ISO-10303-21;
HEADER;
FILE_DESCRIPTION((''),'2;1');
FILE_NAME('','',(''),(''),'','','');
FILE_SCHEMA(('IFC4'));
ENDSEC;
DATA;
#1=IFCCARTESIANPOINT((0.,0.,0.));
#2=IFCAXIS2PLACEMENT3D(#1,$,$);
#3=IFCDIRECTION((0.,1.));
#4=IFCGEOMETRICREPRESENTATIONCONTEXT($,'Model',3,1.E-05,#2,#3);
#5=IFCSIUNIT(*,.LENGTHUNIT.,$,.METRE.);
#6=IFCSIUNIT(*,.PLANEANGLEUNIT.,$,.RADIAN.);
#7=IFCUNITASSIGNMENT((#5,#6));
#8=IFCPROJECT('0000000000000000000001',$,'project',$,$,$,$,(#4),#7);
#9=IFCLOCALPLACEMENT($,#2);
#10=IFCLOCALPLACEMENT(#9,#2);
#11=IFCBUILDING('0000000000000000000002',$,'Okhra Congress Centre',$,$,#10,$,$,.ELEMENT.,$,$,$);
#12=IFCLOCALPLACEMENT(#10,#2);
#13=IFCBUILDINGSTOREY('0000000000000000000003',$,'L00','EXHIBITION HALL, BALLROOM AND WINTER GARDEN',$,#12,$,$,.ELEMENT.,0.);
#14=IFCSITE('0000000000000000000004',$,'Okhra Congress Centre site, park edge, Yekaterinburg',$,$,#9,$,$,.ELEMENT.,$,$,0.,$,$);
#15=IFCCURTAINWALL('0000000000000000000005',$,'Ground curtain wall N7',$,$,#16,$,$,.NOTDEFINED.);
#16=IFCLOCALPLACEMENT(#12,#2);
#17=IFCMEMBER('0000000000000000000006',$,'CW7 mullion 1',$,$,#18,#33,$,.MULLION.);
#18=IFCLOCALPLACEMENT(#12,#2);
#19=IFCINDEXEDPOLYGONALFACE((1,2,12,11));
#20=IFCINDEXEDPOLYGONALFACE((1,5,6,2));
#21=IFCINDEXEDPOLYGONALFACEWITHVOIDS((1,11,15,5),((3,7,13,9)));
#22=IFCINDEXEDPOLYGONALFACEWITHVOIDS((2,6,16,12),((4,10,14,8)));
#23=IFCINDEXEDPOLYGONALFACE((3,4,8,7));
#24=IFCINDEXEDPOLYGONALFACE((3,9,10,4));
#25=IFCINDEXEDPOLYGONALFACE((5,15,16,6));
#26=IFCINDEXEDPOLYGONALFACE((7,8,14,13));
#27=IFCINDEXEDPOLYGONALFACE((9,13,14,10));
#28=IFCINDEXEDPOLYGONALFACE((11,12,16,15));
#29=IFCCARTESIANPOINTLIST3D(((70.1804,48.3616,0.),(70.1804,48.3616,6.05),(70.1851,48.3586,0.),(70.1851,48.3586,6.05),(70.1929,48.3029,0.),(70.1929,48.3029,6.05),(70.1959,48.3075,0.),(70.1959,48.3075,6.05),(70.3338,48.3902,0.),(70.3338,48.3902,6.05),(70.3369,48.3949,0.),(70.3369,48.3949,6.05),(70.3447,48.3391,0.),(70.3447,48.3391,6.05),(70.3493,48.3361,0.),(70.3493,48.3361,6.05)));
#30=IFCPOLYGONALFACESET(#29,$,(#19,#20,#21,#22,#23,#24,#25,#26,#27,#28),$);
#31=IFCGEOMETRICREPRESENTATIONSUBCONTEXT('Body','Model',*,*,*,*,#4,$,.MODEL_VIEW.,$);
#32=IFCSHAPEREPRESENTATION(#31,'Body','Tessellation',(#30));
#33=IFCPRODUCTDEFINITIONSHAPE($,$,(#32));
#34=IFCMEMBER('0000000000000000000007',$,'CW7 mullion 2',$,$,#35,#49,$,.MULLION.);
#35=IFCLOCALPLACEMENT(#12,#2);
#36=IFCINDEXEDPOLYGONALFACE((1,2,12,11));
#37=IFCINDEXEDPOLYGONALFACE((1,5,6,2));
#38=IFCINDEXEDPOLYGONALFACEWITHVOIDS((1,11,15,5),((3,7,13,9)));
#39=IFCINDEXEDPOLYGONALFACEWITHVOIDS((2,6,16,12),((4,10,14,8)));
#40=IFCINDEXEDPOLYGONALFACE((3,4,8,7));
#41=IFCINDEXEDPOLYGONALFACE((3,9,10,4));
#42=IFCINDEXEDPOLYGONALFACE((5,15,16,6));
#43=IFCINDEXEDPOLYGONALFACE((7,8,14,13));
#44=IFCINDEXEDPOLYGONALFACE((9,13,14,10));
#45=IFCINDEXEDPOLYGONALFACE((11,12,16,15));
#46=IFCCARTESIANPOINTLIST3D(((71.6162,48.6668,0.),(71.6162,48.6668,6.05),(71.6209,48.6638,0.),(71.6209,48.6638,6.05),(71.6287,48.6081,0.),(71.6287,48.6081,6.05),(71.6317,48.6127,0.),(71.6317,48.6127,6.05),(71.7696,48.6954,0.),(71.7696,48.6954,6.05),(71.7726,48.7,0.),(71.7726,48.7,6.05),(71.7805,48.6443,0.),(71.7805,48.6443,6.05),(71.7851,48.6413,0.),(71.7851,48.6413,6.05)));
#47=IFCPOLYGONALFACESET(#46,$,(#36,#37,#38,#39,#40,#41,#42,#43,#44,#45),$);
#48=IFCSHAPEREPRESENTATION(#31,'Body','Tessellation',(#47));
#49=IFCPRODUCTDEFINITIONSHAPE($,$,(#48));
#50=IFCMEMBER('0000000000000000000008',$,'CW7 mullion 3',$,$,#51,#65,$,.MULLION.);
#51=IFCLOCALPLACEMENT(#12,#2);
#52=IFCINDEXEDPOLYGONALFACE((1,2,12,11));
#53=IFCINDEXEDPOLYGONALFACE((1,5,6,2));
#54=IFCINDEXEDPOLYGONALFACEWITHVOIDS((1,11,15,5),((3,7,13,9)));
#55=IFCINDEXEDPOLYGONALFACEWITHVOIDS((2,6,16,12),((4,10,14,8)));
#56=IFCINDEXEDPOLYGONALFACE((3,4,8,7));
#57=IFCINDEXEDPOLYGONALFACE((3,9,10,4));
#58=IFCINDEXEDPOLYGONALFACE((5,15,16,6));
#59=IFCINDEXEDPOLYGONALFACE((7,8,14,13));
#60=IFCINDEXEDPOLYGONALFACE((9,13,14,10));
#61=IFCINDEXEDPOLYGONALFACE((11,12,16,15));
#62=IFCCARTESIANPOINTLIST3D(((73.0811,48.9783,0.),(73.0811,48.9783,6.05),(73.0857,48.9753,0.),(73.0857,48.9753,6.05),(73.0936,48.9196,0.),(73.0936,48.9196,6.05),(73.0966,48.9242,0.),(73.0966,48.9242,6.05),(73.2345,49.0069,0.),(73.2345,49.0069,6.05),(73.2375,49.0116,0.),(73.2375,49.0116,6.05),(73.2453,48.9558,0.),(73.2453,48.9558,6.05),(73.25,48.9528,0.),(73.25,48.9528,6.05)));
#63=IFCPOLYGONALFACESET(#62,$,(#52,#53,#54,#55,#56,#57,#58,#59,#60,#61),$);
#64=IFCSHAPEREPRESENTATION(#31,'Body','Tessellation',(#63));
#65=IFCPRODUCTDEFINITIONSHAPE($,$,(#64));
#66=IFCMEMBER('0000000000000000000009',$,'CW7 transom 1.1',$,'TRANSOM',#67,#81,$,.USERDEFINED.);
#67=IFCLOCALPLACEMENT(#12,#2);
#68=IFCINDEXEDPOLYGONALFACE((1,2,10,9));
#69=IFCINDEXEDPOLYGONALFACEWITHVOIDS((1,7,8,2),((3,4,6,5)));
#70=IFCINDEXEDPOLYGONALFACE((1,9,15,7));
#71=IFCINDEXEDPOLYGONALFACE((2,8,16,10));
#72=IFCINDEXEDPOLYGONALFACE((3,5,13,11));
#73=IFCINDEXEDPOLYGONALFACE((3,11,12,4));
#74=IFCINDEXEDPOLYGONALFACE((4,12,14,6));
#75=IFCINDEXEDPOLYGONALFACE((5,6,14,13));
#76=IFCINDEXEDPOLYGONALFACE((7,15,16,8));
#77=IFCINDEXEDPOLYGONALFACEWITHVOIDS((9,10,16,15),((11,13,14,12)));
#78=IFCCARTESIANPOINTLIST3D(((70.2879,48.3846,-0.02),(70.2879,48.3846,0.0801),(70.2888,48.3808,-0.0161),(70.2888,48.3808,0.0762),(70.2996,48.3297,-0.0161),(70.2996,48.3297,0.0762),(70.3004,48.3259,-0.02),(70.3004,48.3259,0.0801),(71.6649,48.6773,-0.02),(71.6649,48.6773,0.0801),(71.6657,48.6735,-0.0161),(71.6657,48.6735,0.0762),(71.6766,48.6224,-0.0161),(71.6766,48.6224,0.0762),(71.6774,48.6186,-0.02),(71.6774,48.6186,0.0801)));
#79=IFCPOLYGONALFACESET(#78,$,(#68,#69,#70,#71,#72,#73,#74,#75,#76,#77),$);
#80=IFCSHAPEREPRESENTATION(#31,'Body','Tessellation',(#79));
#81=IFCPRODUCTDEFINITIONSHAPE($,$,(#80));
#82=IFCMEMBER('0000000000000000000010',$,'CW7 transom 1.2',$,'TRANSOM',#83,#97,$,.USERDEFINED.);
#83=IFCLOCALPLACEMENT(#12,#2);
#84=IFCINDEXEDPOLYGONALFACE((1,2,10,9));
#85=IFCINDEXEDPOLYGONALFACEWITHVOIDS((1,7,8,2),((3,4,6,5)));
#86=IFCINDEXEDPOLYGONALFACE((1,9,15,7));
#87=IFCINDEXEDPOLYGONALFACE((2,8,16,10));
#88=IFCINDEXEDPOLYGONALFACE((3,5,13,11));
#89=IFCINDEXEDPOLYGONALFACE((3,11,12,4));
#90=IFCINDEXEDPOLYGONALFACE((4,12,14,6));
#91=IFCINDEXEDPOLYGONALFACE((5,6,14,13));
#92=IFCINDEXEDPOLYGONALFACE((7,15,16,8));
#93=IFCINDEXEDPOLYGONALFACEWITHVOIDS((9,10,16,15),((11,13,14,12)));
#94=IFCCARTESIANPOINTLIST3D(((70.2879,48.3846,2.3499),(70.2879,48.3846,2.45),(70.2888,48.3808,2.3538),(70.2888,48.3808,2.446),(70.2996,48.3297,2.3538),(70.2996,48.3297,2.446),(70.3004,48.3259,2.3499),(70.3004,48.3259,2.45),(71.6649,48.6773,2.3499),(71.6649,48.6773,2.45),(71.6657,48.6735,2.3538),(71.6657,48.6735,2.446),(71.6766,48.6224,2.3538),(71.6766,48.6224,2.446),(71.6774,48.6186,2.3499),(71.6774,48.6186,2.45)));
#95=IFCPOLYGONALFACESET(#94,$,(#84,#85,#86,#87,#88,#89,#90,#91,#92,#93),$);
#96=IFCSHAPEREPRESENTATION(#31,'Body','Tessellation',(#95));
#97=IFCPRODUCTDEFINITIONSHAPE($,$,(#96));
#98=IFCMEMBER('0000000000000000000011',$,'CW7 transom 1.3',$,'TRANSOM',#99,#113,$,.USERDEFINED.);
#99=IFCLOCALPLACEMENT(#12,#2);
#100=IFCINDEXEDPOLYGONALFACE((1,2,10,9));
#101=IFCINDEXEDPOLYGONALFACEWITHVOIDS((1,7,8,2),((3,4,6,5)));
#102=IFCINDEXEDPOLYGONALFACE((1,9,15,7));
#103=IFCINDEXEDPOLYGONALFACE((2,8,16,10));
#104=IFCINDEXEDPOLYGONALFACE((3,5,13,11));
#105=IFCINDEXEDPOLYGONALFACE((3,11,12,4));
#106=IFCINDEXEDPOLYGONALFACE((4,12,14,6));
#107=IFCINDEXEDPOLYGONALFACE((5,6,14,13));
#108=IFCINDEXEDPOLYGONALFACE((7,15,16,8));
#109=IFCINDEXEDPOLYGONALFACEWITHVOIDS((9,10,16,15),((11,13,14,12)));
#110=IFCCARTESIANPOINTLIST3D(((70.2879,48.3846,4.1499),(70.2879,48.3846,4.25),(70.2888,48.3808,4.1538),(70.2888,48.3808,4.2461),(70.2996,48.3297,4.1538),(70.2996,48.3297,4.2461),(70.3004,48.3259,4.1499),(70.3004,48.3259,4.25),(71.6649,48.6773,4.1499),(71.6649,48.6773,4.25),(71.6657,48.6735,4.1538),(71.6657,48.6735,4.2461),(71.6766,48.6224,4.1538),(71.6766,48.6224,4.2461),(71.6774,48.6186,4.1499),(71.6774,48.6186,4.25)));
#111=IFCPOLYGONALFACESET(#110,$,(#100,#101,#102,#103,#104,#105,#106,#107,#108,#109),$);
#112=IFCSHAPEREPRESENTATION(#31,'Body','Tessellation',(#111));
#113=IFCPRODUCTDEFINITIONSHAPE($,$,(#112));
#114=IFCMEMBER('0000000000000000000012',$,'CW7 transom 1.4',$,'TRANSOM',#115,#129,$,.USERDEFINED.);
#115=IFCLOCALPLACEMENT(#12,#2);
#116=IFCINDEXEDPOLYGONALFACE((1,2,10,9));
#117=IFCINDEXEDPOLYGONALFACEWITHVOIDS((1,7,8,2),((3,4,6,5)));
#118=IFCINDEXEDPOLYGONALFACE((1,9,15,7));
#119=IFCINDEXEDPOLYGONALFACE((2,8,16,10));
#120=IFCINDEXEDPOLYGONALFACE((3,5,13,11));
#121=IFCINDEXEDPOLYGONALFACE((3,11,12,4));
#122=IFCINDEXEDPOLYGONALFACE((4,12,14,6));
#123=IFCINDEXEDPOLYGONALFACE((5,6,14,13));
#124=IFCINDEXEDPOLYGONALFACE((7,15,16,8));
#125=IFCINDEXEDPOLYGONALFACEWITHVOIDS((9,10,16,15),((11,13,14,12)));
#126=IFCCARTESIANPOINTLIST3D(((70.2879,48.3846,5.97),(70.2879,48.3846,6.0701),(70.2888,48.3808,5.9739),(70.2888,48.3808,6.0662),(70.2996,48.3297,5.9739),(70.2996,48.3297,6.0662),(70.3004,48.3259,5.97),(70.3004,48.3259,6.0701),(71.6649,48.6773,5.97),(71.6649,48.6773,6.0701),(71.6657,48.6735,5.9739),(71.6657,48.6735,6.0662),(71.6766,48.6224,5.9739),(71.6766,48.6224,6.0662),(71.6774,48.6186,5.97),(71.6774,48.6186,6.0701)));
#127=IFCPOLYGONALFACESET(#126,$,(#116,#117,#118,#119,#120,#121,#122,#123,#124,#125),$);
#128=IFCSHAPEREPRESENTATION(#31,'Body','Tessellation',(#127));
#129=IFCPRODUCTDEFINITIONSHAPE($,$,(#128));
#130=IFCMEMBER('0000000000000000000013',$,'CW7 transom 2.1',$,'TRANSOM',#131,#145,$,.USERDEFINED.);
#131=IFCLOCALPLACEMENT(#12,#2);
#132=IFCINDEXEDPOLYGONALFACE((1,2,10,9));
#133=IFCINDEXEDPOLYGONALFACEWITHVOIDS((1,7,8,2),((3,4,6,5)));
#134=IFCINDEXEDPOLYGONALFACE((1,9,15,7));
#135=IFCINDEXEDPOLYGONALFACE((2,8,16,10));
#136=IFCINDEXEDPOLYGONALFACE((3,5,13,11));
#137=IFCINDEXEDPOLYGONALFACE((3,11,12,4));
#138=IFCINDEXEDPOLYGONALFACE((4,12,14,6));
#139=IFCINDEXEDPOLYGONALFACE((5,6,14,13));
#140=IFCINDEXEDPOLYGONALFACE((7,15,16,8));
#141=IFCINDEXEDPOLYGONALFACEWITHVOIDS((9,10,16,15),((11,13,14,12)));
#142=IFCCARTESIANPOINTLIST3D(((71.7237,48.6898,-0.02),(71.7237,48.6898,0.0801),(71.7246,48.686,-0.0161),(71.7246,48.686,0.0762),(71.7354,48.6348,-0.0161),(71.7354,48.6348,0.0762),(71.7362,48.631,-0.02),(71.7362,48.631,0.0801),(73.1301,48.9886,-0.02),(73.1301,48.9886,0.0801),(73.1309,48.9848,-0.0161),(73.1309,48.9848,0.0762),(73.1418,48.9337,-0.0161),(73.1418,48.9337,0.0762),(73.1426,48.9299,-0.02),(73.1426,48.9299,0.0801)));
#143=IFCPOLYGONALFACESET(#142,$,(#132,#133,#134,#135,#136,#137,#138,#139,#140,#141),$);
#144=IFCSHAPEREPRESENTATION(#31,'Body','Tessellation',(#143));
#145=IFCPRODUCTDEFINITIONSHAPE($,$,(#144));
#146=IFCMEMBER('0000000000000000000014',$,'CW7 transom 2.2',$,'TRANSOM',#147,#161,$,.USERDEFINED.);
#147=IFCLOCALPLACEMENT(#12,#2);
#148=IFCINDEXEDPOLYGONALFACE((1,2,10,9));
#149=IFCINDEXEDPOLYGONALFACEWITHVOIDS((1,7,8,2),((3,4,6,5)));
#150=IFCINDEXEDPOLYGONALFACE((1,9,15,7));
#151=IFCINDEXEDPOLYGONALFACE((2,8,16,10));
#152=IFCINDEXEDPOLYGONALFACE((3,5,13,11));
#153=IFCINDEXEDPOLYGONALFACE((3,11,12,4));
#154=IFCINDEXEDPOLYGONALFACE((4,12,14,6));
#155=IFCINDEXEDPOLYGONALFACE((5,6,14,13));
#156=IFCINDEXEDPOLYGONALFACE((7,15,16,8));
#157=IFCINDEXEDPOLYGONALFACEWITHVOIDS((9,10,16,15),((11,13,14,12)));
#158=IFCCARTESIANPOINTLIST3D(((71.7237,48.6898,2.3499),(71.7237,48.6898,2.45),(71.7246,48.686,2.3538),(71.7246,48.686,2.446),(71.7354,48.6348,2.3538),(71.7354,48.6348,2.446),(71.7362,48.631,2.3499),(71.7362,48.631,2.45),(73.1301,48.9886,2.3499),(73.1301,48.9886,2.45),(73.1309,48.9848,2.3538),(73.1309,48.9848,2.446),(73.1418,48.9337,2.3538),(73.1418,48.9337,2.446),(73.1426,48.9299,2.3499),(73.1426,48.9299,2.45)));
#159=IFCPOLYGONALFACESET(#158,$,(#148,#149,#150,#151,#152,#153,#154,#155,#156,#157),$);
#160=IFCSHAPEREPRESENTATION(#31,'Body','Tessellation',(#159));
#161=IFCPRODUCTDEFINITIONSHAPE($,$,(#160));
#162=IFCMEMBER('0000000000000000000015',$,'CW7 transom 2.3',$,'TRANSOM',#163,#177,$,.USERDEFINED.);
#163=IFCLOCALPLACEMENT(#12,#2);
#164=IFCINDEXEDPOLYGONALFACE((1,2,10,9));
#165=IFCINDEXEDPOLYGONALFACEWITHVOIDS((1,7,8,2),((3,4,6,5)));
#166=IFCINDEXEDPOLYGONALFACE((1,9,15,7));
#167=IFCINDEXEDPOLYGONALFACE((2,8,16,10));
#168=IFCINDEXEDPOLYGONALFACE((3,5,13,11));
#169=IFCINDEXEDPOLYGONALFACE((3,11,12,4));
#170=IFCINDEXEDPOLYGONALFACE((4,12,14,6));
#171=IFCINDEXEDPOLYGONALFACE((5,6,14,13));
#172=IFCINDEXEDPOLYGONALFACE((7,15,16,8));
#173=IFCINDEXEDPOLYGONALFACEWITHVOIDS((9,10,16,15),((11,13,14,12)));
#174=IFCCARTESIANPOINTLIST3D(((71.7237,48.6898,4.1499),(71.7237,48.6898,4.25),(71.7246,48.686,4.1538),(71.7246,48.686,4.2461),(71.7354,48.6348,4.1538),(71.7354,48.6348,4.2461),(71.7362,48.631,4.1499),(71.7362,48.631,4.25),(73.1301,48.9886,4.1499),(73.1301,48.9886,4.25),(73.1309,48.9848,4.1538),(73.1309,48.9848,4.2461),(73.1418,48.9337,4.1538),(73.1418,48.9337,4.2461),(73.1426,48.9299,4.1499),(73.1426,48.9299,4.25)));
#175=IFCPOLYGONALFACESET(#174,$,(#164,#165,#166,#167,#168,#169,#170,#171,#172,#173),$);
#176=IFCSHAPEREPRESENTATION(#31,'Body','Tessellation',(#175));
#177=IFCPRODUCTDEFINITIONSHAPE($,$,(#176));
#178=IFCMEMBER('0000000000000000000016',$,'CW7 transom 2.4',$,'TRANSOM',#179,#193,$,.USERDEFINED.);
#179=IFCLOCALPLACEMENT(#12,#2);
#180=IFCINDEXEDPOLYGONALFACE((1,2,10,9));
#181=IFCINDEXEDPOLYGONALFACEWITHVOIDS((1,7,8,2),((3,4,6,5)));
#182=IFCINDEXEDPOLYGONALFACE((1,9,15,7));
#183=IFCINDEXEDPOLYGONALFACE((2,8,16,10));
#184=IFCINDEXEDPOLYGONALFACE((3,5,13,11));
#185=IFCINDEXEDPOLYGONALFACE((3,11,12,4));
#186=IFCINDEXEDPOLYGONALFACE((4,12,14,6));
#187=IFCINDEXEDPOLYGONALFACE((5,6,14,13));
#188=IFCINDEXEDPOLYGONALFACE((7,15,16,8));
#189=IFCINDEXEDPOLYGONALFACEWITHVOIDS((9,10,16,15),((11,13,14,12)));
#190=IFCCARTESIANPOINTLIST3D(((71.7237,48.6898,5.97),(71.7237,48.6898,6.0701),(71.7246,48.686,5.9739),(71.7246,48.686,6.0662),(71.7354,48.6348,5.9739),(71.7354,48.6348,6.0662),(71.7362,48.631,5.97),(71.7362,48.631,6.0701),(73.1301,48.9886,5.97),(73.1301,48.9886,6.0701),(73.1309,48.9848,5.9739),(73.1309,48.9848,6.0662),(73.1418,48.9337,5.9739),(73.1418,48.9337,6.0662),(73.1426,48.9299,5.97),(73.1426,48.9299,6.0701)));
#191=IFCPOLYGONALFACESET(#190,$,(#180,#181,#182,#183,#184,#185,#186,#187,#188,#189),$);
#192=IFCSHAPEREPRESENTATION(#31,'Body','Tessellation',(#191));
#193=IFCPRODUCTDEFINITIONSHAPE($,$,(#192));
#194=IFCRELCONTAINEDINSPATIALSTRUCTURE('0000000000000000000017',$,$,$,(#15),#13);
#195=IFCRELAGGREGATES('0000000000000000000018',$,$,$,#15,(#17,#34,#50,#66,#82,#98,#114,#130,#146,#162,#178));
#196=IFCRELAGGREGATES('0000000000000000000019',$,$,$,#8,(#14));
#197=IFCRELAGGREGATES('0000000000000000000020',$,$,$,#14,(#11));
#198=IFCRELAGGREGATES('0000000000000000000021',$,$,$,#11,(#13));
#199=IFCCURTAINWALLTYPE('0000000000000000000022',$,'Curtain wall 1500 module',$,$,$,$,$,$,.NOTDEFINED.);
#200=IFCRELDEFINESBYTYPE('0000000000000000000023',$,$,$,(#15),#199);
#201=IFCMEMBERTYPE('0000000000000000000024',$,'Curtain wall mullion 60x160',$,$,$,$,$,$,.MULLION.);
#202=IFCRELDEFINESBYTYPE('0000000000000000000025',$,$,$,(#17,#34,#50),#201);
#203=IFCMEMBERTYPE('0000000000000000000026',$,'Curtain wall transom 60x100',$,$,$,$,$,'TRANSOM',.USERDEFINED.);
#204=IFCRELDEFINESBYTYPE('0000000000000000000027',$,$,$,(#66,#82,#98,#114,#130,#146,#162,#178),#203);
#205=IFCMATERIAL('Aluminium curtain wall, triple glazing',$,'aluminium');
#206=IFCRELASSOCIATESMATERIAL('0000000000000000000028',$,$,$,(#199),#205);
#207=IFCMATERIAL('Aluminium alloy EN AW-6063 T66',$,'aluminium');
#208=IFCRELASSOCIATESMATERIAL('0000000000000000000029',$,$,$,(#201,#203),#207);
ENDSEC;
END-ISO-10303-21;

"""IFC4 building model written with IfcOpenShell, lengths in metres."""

from ifc_helpers import new_model, si_unit, direction, frame, origin, origin_2d, place, context, subcontext, project, spatial, hollow_rectangle, extrude, material, material_profile, profile_set, type_object, element, aggregate, save


model = new_model("IFC4")

# Units and contexts
model_context = context("Model", 3, precision=1e-05, world=origin(), true_north=direction((0.0, 1.0)))
body_context = subcontext(model_context, "Body", "Model", "MODEL_VIEW")
ifc_project = project(units=[si_unit("LENGTHUNIT", "METRE"), si_unit("PLANEANGLEUNIT", "RADIAN")], contexts=[model_context])

# Site, building, storey
site_placement = place(None, origin())
site = spatial("IfcSite", under=ifc_project, at=site_placement, Name="Okhra Congress Centre site, park edge, Yekaterinburg", CompositionType="ELEMENT", RefElevation=0.0)
building_placement = place(site_placement, origin())
building = spatial("IfcBuilding", under=site, at=building_placement, Name="Okhra Congress Centre", CompositionType="ELEMENT")
storey_placement = place(building_placement, origin())
storey = spatial("IfcBuildingStorey", under=building, at=storey_placement, Name="L00", Description="EXHIBITION HALL, BALLROOM AND WINTER GARDEN", CompositionType="ELEMENT", Elevation=0.0)

# Curtain wall, members
ifc_material_1 = material(Name="Aluminium curtain wall, triple glazing", Category="aluminium")
curtain_wall_type = type_object("IfcCurtainWallType", Name="Curtain wall 1500 module", PredefinedType="NOTDEFINED", material=ifc_material_1)
curtain_wall_placement = place(storey_placement, origin())
curtain_wall = element("IfcCurtainWall", 1, at=curtain_wall_placement, inside=storey, type_object=curtain_wall_type, Name="Ground curtain wall N7", PredefinedType="NOTDEFINED")
ifc_material_2 = material(Name="Aluminium alloy EN AW-6063 T66", Category="aluminium")
ifc_material_profile_1 = material_profile(ifc_material_2, hollow_rectangle(XDim=0.0601, YDim=0.1599, WallThickness=0.0039, at=origin_2d()), Name="RHS 60x160x4")
ifc_profile_set_1 = profile_set([ifc_material_profile_1], Name="Aluminium alloy EN AW-6063 T66")
member_type_1 = type_object("IfcMemberType", Name="Curtain wall mullion 60x160", PredefinedType="MULLION", material=ifc_profile_set_1)
member_1_placement = place(storey_placement, frame((70.2649, 48.3489, 0.0), z_axis=(0.0, 0.0, 1.0), x_axis=(-0.207912, 0.978148, 0.0)))
member_1 = element("IfcMember", 2, at=member_1_placement, type_object=member_type_1, Name="CW7 mullion 1", PredefinedType="MULLION", context=body_context, shape_type="SweptSolid", body=[
    extrude(hollow_rectangle(XDim=0.0601, YDim=0.1599, WallThickness=0.0039, at=origin_2d()), origin(), (0.0, 0.0, 1.0), 6.05),
])
member_2_placement = place(storey_placement, frame((71.7007, 48.6541, 0.0), z_axis=(0.0, 0.0, 1.0), x_axis=(-0.207912, 0.978148, 0.0)))
member_2 = element("IfcMember", 3, at=member_2_placement, type_object=member_type_1, Name="CW7 mullion 2", PredefinedType="MULLION", context=body_context, shape_type="SweptSolid", body=[
    extrude(hollow_rectangle(XDim=0.0601, YDim=0.1599, WallThickness=0.0039, at=origin_2d()), origin(), (0.0, 0.0, 1.0), 6.05),
])
member_3_placement = place(storey_placement, frame((73.1655, 48.9656, 0.0), z_axis=(0.0, 0.0, 1.0), x_axis=(-0.207912, 0.978148, 0.0)))
member_3 = element("IfcMember", 4, at=member_3_placement, type_object=member_type_1, Name="CW7 mullion 3", PredefinedType="MULLION", context=body_context, shape_type="SweptSolid", body=[
    extrude(hollow_rectangle(XDim=0.0601, YDim=0.1599, WallThickness=0.0039, at=origin_2d()), origin(), (0.0, 0.0, 1.0), 6.05),
])
ifc_material_profile_2 = material_profile(ifc_material_2, hollow_rectangle(XDim=0.0601, YDim=0.1001, WallThickness=0.0039, at=origin_2d()), Name="RHS 60x100x4")
ifc_profile_set_2 = profile_set([ifc_material_profile_2], Name="Aluminium alloy EN AW-6063 T66")
member_type_2 = type_object("IfcMemberType", Name="Curtain wall transom 60x100", ElementType="TRANSOM", PredefinedType="USERDEFINED", material=ifc_profile_set_2)
member_4_placement = place(storey_placement, frame((70.2942, 48.3552, 0.03), z_axis=(0.978141, 0.207942, 0.0), x_axis=(-0.207942, 0.978141, 0.0)))
member_4 = element("IfcMember", 5, at=member_4_placement, type_object=member_type_2, Name="CW7 transom 1.1", ObjectType="TRANSOM", PredefinedType="USERDEFINED", context=body_context, shape_type="SweptSolid", body=[
    extrude(hollow_rectangle(XDim=0.0601, YDim=0.1001, WallThickness=0.0039, at=origin_2d()), origin(), (0.0, 0.0, 1.0), 1.4077),
])
member_5_placement = place(storey_placement, frame((70.2942, 48.3552, 2.3999), z_axis=(0.978141, 0.207942, 0.0), x_axis=(-0.207942, 0.978141, 0.0)))
member_5 = element("IfcMember", 6, at=member_5_placement, type_object=member_type_2, Name="CW7 transom 1.2", ObjectType="TRANSOM", PredefinedType="USERDEFINED", context=body_context, shape_type="SweptSolid", body=[
    extrude(hollow_rectangle(XDim=0.0601, YDim=0.1001, WallThickness=0.0039, at=origin_2d()), origin(), (0.0, 0.0, 1.0), 1.4077),
])
member_6_placement = place(storey_placement, frame((70.2942, 48.3552, 4.2), z_axis=(0.978141, 0.207942, 0.0), x_axis=(-0.207942, 0.978141, 0.0)))
member_6 = element("IfcMember", 7, at=member_6_placement, type_object=member_type_2, Name="CW7 transom 1.3", ObjectType="TRANSOM", PredefinedType="USERDEFINED", context=body_context, shape_type="SweptSolid", body=[
    extrude(hollow_rectangle(XDim=0.0601, YDim=0.1001, WallThickness=0.0039, at=origin_2d()), origin(), (0.0, 0.0, 1.0), 1.4077),
])
member_7_placement = place(storey_placement, frame((70.2942, 48.3552, 6.02), z_axis=(0.978141, 0.207942, 0.0), x_axis=(-0.207942, 0.978141, 0.0)))
member_7 = element("IfcMember", 8, at=member_7_placement, type_object=member_type_2, Name="CW7 transom 1.4", ObjectType="TRANSOM", PredefinedType="USERDEFINED", context=body_context, shape_type="SweptSolid", body=[
    extrude(hollow_rectangle(XDim=0.0601, YDim=0.1001, WallThickness=0.0039, at=origin_2d()), origin(), (0.0, 0.0, 1.0), 1.4077),
])
member_8_placement = place(storey_placement, frame((71.73, 48.6604, 0.03), z_axis=(0.978159, 0.207859, 0.0), x_axis=(-0.207859, 0.978159, 0.0)))
member_8 = element("IfcMember", 9, at=member_8_placement, type_object=member_type_2, Name="CW7 transom 2.1", ObjectType="TRANSOM", PredefinedType="USERDEFINED", context=body_context, shape_type="SweptSolid", body=[
    extrude(hollow_rectangle(XDim=0.0601, YDim=0.1001, WallThickness=0.0039, at=origin_2d()), origin(), (0.0, 0.0, 1.0), 1.4377),
])
member_9_placement = place(storey_placement, frame((71.73, 48.6604, 2.3999), z_axis=(0.978159, 0.207859, 0.0), x_axis=(-0.207859, 0.978159, 0.0)))
member_9 = element("IfcMember", 10, at=member_9_placement, type_object=member_type_2, Name="CW7 transom 2.2", ObjectType="TRANSOM", PredefinedType="USERDEFINED", context=body_context, shape_type="SweptSolid", body=[
    extrude(hollow_rectangle(XDim=0.0601, YDim=0.1001, WallThickness=0.0039, at=origin_2d()), origin(), (0.0, 0.0, 1.0), 1.4377),
])
member_10_placement = place(storey_placement, frame((71.73, 48.6604, 4.2), z_axis=(0.978159, 0.207859, 0.0), x_axis=(-0.207859, 0.978159, 0.0)))
member_10 = element("IfcMember", 11, at=member_10_placement, type_object=member_type_2, Name="CW7 transom 2.3", ObjectType="TRANSOM", PredefinedType="USERDEFINED", context=body_context, shape_type="SweptSolid", body=[
    extrude(hollow_rectangle(XDim=0.0601, YDim=0.1001, WallThickness=0.0039, at=origin_2d()), origin(), (0.0, 0.0, 1.0), 1.4377),
])
member_11_placement = place(storey_placement, frame((71.73, 48.6604, 6.02), z_axis=(0.978159, 0.207859, 0.0), x_axis=(-0.207859, 0.978159, 0.0)))
member_11 = element("IfcMember", 12, at=member_11_placement, type_object=member_type_2, Name="CW7 transom 2.4", ObjectType="TRANSOM", PredefinedType="USERDEFINED", context=body_context, shape_type="SweptSolid", body=[
    extrude(hollow_rectangle(XDim=0.0601, YDim=0.1001, WallThickness=0.0039, at=origin_2d()), origin(), (0.0, 0.0, 1.0), 1.4377),
])

aggregate(curtain_wall, [member_1, member_2, member_3, member_4, member_5, member_6, member_7, member_8, member_9, member_10, member_11])

save(model, "model.ifc")
